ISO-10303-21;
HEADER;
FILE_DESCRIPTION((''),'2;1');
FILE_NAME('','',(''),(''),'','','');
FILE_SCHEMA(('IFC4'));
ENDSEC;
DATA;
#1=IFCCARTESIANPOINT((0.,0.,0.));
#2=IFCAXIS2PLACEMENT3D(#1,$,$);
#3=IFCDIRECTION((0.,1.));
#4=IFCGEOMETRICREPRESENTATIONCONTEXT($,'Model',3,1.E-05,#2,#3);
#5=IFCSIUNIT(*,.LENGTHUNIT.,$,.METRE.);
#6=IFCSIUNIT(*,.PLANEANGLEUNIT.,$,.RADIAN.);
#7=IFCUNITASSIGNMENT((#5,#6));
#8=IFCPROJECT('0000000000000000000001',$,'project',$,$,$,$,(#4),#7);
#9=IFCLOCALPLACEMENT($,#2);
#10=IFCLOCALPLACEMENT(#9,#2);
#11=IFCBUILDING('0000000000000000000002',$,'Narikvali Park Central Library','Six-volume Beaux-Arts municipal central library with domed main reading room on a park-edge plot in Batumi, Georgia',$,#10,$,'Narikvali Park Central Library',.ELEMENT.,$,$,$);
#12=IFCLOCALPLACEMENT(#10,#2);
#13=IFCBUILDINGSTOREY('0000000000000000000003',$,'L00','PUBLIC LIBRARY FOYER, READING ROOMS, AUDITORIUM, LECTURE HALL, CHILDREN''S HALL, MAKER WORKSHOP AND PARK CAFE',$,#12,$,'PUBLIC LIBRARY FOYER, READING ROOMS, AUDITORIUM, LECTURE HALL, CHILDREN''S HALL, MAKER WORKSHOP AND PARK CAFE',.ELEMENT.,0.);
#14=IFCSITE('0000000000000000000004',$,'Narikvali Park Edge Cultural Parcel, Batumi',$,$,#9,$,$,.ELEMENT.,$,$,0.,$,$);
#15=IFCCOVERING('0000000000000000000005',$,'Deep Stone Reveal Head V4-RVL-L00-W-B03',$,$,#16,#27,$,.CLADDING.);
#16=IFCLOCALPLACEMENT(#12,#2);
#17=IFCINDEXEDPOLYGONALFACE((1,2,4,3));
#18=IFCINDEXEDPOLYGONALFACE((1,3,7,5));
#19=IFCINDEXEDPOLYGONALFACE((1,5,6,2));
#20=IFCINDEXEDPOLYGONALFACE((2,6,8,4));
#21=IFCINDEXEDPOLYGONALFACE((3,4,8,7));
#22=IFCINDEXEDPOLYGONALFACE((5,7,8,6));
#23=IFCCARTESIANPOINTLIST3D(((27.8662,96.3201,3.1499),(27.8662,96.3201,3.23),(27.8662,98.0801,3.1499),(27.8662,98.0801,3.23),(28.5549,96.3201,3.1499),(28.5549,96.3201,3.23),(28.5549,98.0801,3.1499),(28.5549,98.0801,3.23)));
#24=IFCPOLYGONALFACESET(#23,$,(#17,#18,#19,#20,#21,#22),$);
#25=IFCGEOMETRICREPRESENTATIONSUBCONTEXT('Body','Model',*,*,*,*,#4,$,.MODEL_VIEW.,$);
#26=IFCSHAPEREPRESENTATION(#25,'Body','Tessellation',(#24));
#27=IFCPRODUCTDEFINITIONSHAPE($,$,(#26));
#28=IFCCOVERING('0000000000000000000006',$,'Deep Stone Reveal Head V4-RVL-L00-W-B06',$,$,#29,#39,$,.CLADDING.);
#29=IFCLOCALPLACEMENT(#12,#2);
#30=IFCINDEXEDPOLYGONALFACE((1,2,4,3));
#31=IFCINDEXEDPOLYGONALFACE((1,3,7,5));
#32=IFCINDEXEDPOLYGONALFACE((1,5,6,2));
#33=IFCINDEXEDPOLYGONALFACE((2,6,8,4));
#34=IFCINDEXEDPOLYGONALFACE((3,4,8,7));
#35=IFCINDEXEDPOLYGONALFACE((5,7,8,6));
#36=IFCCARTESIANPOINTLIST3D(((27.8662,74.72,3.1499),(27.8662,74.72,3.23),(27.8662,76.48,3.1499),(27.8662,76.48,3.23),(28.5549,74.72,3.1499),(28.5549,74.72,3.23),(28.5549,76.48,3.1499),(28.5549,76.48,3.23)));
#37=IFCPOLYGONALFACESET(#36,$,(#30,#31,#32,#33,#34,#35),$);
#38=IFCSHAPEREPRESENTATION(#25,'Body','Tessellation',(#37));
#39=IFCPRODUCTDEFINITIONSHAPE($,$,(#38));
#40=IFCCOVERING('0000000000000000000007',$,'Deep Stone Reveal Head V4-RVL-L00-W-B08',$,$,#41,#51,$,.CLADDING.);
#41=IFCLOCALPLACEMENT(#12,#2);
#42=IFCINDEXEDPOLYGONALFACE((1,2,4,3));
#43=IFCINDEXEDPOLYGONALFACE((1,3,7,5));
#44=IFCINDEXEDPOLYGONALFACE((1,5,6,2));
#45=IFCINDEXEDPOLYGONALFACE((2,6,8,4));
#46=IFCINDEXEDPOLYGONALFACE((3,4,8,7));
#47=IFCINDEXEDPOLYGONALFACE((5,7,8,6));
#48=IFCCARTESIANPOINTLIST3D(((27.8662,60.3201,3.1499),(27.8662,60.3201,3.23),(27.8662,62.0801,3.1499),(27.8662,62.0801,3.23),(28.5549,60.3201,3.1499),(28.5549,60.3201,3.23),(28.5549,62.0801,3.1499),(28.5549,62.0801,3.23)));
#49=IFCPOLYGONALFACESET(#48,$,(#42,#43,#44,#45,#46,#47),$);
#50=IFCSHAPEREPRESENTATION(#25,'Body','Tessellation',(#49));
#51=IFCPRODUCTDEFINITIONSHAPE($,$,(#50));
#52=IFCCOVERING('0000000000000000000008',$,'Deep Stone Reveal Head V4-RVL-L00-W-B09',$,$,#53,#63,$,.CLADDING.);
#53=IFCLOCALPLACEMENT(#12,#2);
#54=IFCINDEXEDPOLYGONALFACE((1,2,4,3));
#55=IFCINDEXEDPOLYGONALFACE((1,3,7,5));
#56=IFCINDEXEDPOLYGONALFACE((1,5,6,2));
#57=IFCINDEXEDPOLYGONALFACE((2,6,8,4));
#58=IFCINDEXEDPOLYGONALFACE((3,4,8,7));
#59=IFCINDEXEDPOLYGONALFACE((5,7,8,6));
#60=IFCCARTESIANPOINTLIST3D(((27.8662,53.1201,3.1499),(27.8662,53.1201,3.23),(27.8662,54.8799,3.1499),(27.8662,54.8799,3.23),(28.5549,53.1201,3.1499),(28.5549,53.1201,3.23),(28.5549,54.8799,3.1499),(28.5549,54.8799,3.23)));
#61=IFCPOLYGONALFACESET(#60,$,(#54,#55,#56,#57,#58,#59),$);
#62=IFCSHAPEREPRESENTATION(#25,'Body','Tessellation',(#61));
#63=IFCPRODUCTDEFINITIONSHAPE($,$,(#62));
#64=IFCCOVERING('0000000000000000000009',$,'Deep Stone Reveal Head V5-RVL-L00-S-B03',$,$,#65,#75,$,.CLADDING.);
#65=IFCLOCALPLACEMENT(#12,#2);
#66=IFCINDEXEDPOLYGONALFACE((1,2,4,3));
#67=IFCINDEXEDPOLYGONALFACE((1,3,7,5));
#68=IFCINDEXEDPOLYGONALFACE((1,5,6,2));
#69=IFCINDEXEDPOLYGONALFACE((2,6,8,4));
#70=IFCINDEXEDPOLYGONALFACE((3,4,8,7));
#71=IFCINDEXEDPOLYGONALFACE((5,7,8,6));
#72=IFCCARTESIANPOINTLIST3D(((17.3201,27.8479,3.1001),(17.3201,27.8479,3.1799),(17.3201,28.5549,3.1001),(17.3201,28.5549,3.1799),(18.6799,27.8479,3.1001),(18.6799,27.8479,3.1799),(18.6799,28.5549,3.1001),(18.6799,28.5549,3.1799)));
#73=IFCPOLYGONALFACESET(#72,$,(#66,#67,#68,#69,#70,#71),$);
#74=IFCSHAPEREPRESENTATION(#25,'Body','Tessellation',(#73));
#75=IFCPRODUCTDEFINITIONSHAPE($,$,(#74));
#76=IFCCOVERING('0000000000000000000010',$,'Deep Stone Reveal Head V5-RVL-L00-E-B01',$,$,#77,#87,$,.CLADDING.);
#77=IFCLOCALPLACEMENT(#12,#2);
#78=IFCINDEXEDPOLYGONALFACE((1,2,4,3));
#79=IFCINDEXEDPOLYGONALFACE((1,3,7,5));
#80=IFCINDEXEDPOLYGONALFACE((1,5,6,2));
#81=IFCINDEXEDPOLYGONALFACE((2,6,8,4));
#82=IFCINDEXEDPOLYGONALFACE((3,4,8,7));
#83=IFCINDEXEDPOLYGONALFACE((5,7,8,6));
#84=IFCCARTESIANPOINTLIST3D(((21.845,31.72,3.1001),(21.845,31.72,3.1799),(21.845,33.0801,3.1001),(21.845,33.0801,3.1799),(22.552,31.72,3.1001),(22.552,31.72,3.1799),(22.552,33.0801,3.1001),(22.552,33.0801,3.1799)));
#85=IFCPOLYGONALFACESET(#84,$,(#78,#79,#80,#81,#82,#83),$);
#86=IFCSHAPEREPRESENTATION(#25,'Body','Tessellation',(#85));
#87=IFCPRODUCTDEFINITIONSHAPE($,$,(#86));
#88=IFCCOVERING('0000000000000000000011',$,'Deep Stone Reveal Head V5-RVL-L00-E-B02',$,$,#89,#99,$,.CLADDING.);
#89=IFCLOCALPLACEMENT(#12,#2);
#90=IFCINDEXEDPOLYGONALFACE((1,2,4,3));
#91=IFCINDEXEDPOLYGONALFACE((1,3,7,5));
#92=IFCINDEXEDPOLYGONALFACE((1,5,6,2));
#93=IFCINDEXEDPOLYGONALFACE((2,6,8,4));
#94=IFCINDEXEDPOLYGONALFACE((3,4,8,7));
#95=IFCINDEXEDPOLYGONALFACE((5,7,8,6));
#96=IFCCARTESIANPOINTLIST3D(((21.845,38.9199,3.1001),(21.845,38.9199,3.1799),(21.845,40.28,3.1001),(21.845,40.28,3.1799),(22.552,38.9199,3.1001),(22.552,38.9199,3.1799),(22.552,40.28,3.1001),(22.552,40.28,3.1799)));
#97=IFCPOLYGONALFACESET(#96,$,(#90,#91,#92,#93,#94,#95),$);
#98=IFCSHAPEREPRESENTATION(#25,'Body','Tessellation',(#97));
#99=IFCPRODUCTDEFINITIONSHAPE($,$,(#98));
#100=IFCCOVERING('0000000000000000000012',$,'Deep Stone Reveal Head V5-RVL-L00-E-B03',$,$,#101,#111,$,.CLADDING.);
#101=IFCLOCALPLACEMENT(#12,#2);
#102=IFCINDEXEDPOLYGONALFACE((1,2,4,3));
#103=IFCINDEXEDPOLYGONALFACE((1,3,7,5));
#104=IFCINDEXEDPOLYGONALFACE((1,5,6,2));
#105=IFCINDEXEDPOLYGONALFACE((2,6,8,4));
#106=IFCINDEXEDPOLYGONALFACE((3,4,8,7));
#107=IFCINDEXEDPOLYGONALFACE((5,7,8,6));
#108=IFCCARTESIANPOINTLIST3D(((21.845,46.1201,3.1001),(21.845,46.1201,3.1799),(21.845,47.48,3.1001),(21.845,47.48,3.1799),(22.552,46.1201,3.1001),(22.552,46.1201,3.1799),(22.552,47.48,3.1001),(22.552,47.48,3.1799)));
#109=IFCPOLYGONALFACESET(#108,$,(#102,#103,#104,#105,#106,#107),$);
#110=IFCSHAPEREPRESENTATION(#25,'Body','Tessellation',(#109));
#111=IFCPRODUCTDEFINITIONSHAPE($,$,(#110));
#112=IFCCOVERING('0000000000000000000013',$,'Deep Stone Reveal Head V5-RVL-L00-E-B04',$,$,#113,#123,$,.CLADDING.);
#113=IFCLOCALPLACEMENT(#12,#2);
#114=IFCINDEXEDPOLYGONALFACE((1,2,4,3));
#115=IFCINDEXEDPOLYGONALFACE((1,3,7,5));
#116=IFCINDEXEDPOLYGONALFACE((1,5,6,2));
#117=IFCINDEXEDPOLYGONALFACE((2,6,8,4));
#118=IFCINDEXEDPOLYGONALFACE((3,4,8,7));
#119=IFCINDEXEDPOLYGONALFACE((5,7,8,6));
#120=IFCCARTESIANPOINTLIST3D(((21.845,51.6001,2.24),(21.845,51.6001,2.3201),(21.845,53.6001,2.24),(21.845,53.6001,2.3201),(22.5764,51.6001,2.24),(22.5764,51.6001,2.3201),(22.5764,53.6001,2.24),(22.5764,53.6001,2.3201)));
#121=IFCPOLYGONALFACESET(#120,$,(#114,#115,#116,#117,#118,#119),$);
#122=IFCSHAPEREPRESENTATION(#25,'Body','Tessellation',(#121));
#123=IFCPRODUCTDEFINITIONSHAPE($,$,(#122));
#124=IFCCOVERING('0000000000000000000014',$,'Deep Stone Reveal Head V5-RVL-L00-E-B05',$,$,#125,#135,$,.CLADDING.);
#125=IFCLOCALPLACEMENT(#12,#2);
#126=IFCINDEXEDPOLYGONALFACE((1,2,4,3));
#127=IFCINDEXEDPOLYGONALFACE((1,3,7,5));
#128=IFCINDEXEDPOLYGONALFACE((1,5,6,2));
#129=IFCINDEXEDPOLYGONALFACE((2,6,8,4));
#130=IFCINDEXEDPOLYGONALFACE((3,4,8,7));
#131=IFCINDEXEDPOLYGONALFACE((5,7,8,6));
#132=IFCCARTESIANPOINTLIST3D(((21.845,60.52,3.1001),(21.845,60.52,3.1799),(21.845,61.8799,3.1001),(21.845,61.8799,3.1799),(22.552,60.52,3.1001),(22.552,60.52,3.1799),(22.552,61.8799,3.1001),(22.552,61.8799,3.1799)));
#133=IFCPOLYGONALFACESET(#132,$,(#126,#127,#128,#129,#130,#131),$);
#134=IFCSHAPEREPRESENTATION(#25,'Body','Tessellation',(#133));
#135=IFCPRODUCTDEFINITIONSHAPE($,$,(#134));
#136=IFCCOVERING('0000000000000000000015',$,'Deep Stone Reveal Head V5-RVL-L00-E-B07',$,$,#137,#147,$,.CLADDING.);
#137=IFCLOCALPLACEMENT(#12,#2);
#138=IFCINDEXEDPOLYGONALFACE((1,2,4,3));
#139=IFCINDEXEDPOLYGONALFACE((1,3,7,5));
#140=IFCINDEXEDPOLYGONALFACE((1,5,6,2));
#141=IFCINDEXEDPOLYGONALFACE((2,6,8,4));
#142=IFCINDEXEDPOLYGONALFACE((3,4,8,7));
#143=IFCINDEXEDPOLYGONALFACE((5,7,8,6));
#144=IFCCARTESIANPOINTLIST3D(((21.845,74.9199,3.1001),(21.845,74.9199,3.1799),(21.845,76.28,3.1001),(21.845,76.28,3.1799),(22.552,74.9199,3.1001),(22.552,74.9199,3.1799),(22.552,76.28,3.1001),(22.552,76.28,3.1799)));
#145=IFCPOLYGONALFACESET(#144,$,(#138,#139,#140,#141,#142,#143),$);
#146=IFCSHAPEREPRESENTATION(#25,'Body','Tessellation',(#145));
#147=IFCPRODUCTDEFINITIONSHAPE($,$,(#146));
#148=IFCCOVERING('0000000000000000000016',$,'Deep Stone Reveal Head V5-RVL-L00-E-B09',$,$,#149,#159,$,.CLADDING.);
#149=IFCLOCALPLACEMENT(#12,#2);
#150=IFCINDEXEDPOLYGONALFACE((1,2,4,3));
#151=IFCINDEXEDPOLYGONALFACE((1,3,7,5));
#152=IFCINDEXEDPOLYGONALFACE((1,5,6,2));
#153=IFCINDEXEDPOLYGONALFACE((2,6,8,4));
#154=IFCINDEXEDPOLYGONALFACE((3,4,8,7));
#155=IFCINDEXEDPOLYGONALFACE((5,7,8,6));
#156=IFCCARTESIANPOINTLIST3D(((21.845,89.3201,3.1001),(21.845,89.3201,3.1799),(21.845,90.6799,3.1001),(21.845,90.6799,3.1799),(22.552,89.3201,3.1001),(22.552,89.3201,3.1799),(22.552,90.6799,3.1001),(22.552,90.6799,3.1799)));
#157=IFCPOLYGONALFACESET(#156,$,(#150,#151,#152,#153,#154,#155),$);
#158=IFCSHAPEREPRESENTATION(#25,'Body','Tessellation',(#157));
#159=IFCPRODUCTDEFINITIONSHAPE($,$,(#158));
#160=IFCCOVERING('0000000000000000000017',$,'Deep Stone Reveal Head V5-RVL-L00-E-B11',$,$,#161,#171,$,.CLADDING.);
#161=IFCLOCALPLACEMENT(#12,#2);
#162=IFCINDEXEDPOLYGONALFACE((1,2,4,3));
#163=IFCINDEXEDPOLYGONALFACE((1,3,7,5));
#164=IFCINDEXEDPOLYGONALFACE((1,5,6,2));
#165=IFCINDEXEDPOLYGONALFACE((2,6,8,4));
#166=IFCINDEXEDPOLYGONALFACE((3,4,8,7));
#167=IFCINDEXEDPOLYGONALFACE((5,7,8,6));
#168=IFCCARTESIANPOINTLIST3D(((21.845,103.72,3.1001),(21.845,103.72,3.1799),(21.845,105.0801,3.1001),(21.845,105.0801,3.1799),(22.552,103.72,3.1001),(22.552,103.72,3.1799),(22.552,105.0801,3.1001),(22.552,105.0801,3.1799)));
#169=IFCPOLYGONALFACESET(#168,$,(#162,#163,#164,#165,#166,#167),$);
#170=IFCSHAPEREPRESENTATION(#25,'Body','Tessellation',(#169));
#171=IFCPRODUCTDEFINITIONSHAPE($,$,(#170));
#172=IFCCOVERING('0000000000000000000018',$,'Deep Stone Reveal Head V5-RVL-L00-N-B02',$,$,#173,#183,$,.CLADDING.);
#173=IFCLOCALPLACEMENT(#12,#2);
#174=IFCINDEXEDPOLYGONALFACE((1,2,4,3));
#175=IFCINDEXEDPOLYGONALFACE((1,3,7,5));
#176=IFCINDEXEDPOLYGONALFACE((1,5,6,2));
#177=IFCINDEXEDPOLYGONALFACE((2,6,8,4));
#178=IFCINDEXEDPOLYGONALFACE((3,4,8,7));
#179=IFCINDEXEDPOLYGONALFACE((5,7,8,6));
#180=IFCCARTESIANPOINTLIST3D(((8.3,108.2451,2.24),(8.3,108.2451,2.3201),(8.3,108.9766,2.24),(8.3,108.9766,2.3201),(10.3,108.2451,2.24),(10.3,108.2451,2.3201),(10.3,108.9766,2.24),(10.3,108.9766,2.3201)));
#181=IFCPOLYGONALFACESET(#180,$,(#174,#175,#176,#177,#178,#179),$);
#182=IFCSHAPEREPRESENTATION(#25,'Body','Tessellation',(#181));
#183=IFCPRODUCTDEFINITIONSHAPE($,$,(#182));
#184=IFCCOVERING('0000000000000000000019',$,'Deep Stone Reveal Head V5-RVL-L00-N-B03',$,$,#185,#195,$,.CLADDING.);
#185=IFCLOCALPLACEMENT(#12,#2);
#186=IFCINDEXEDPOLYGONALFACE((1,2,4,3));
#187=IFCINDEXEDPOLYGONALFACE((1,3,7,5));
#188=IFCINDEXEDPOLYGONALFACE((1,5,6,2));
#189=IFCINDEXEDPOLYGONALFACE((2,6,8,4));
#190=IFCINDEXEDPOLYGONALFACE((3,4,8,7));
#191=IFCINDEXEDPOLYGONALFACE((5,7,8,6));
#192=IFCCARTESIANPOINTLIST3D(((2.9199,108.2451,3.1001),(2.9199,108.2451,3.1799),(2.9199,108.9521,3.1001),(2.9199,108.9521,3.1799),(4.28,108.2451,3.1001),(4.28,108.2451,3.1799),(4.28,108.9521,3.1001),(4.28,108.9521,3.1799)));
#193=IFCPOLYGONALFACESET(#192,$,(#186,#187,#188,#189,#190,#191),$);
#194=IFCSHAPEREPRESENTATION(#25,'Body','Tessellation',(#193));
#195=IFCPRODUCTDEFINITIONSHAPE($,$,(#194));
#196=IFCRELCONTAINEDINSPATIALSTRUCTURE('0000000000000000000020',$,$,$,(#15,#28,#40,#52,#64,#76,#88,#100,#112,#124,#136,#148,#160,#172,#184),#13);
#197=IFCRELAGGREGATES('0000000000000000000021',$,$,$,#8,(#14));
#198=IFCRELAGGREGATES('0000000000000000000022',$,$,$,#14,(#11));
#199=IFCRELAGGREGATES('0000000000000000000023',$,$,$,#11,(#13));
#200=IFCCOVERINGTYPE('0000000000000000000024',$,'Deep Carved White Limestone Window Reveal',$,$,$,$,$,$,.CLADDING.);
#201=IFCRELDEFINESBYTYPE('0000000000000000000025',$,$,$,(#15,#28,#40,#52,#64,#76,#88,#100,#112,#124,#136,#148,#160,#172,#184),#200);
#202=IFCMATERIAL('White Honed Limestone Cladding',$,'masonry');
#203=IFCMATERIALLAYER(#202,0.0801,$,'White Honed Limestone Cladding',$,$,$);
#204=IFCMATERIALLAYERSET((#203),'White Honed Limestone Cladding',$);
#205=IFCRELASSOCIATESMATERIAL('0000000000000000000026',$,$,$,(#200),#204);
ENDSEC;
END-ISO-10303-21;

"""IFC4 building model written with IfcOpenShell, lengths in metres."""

from ifc_helpers import new_model, si_unit, direction, frame, origin, place, context, subcontext, project, spatial, polyline, outline, extrude, material, layer, layer_set, type_object, element, save


model = new_model("IFC4")

# Units and contexts
model_context = context("Model", 3, precision=1e-05, world=origin(), true_north=direction((0.0, 1.0)))
body_context = subcontext(model_context, "Body", "Model", "MODEL_VIEW")
ifc_project = project(units=[si_unit("LENGTHUNIT", "METRE"), si_unit("PLANEANGLEUNIT", "RADIAN")], contexts=[model_context])

# Site, building, storey
site_placement = place(None, origin())
site = spatial("IfcSite", under=ifc_project, at=site_placement, Name="Narikvali Park Edge Cultural Parcel, Batumi", CompositionType="ELEMENT", RefElevation=0.0)
building_placement = place(site_placement, origin())
building = spatial("IfcBuilding", under=site, at=building_placement, Name="Narikvali Park Central Library", Description="Six-volume Beaux-Arts municipal central library with domed main reading room on a park-edge plot in Batumi, Georgia", LongName="Narikvali Park Central Library", CompositionType="ELEMENT")
storey_placement = place(building_placement, origin())
storey = spatial("IfcBuildingStorey", under=building, at=storey_placement, Name="L00", Description="PUBLIC LIBRARY FOYER, READING ROOMS, AUDITORIUM, LECTURE HALL, CHILDREN'S HALL, MAKER WORKSHOP AND PARK CAFE", LongName="PUBLIC LIBRARY FOYER, READING ROOMS, AUDITORIUM, LECTURE HALL, CHILDREN'S HALL, MAKER WORKSHOP AND PARK CAFE", CompositionType="ELEMENT", Elevation=0.0)

# Coverings
ifc_material = material(Name="White Honed Limestone Cladding", Category="masonry")
ifc_layer = layer(ifc_material, 0.0801, Name="White Honed Limestone Cladding")
ifc_layer_set = layer_set([ifc_layer], Name="White Honed Limestone Cladding")
covering_type = type_object("IfcCoveringType", Name="Deep Carved White Limestone Window Reveal", PredefinedType="CLADDING", material=ifc_layer_set)
covering_1_placement = place(storey_placement, frame((0.0, 0.0, 3.1499)))
element("IfcCovering", 1, at=covering_1_placement, inside=storey, type_object=covering_type, Name="Deep Stone Reveal Head V4-RVL-L00-W-B03", PredefinedType="CLADDING", context=body_context, shape_type="SweptSolid", body=[
    extrude(outline(polyline([(28.5549, 98.0801), (28.5549, 96.3201), (27.8662, 96.3201), (27.8662, 98.0801), (28.5549, 98.0801)])), origin(), (0.0, 0.0, 1.0), 0.0801),
])
covering_2_placement = place(storey_placement, frame((0.0, 0.0, 3.1499)))
element("IfcCovering", 2, at=covering_2_placement, inside=storey, type_object=covering_type, Name="Deep Stone Reveal Head V4-RVL-L00-W-B06", PredefinedType="CLADDING", context=body_context, shape_type="SweptSolid", body=[
    extrude(outline(polyline([(28.5549, 76.48), (28.5549, 74.72), (27.8662, 74.72), (27.8662, 76.48), (28.5549, 76.48)])), origin(), (0.0, 0.0, 1.0), 0.0801),
])
covering_3_placement = place(storey_placement, frame((0.0, 0.0, 3.1499)))
element("IfcCovering", 3, at=covering_3_placement, inside=storey, type_object=covering_type, Name="Deep Stone Reveal Head V4-RVL-L00-W-B08", PredefinedType="CLADDING", context=body_context, shape_type="SweptSolid", body=[
    extrude(outline(polyline([(28.5549, 62.0801), (28.5549, 60.3201), (27.8662, 60.3201), (27.8662, 62.0801), (28.5549, 62.0801)])), origin(), (0.0, 0.0, 1.0), 0.0801),
])
covering_4_placement = place(storey_placement, frame((0.0, 0.0, 3.1499)))
element("IfcCovering", 4, at=covering_4_placement, inside=storey, type_object=covering_type, Name="Deep Stone Reveal Head V4-RVL-L00-W-B09", PredefinedType="CLADDING", context=body_context, shape_type="SweptSolid", body=[
    extrude(outline(polyline([(28.5549, 54.8799), (28.5549, 53.1201), (27.8662, 53.1201), (27.8662, 54.8799), (28.5549, 54.8799)])), origin(), (0.0, 0.0, 1.0), 0.0801),
])
covering_5_placement = place(storey_placement, frame((0.0, 0.0, 3.1001)))
element("IfcCovering", 5, at=covering_5_placement, inside=storey, type_object=covering_type, Name="Deep Stone Reveal Head V5-RVL-L00-S-B03", PredefinedType="CLADDING", context=body_context, shape_type="SweptSolid", body=[
    extrude(outline(polyline([(17.3201, 28.5549), (18.6799, 28.5549), (18.6799, 27.8479), (17.3201, 27.8479), (17.3201, 28.5549)])), origin(), (0.0, 0.0, 1.0), 0.0798),
])
covering_6_placement = place(storey_placement, frame((0.0, 0.0, 3.1001)))
element("IfcCovering", 6, at=covering_6_placement, inside=storey, type_object=covering_type, Name="Deep Stone Reveal Head V5-RVL-L00-E-B01", PredefinedType="CLADDING", context=body_context, shape_type="SweptSolid", body=[
    extrude(outline(polyline([(21.845, 31.72), (21.845, 33.0801), (22.552, 33.0801), (22.552, 31.72), (21.845, 31.72)])), origin(), (0.0, 0.0, 1.0), 0.0798),
])
covering_7_placement = place(storey_placement, frame((0.0, 0.0, 3.1001)))
element("IfcCovering", 7, at=covering_7_placement, inside=storey, type_object=covering_type, Name="Deep Stone Reveal Head V5-RVL-L00-E-B02", PredefinedType="CLADDING", context=body_context, shape_type="SweptSolid", body=[
    extrude(outline(polyline([(21.845, 38.9199), (21.845, 40.28), (22.552, 40.28), (22.552, 38.9199), (21.845, 38.9199)])), origin(), (0.0, 0.0, 1.0), 0.0798),
])
covering_8_placement = place(storey_placement, frame((0.0, 0.0, 3.1001)))
element("IfcCovering", 8, at=covering_8_placement, inside=storey, type_object=covering_type, Name="Deep Stone Reveal Head V5-RVL-L00-E-B03", PredefinedType="CLADDING", context=body_context, shape_type="SweptSolid", body=[
    extrude(outline(polyline([(21.845, 46.1201), (21.845, 47.48), (22.552, 47.48), (22.552, 46.1201), (21.845, 46.1201)])), origin(), (0.0, 0.0, 1.0), 0.0798),
])
covering_9_placement = place(storey_placement, frame((0.0, 0.0, 2.24)))
element("IfcCovering", 9, at=covering_9_placement, inside=storey, type_object=covering_type, Name="Deep Stone Reveal Head V5-RVL-L00-E-B04", PredefinedType="CLADDING", context=body_context, shape_type="SweptSolid", body=[
    extrude(outline(polyline([(21.845, 51.6001), (21.845, 53.6001), (22.5764, 53.6001), (22.5764, 51.6001), (21.845, 51.6001)])), origin(), (0.0, 0.0, 1.0), 0.0801),
])
covering_10_placement = place(storey_placement, frame((0.0, 0.0, 3.1001)))
element("IfcCovering", 10, at=covering_10_placement, inside=storey, type_object=covering_type, Name="Deep Stone Reveal Head V5-RVL-L00-E-B05", PredefinedType="CLADDING", context=body_context, shape_type="SweptSolid", body=[
    extrude(outline(polyline([(21.845, 60.52), (21.845, 61.8799), (22.552, 61.8799), (22.552, 60.52), (21.845, 60.52)])), origin(), (0.0, 0.0, 1.0), 0.0798),
])
covering_11_placement = place(storey_placement, frame((0.0, 0.0, 3.1001)))
element("IfcCovering", 11, at=covering_11_placement, inside=storey, type_object=covering_type, Name="Deep Stone Reveal Head V5-RVL-L00-E-B07", PredefinedType="CLADDING", context=body_context, shape_type="SweptSolid", body=[
    extrude(outline(polyline([(21.845, 74.9199), (21.845, 76.28), (22.552, 76.28), (22.552, 74.9199), (21.845, 74.9199)])), origin(), (0.0, 0.0, 1.0), 0.0798),
])
covering_12_placement = place(storey_placement, frame((0.0, 0.0, 3.1001)))
element("IfcCovering", 12, at=covering_12_placement, inside=storey, type_object=covering_type, Name="Deep Stone Reveal Head V5-RVL-L00-E-B09", PredefinedType="CLADDING", context=body_context, shape_type="SweptSolid", body=[
    extrude(outline(polyline([(21.845, 89.3201), (21.845, 90.6799), (22.552, 90.6799), (22.552, 89.3201), (21.845, 89.3201)])), origin(), (0.0, 0.0, 1.0), 0.0798),
])
covering_13_placement = place(storey_placement, frame((0.0, 0.0, 3.1001)))
element("IfcCovering", 13, at=covering_13_placement, inside=storey, type_object=covering_type, Name="Deep Stone Reveal Head V5-RVL-L00-E-B11", PredefinedType="CLADDING", context=body_context, shape_type="SweptSolid", body=[
    extrude(outline(polyline([(21.845, 103.72), (21.845, 105.0801), (22.552, 105.0801), (22.552, 103.72), (21.845, 103.72)])), origin(), (0.0, 0.0, 1.0), 0.0798),
])
covering_14_placement = place(storey_placement, frame((0.0, 0.0, 2.24)))
element("IfcCovering", 14, at=covering_14_placement, inside=storey, type_object=covering_type, Name="Deep Stone Reveal Head V5-RVL-L00-N-B02", PredefinedType="CLADDING", context=body_context, shape_type="SweptSolid", body=[
    extrude(outline(polyline([(10.3, 108.2451), (8.3, 108.2451), (8.3, 108.9766), (10.3, 108.9766), (10.3, 108.2451)])), origin(), (0.0, 0.0, 1.0), 0.0801),
])
covering_15_placement = place(storey_placement, frame((0.0, 0.0, 3.1001)))
element("IfcCovering", 15, at=covering_15_placement, inside=storey, type_object=covering_type, Name="Deep Stone Reveal Head V5-RVL-L00-N-B03", PredefinedType="CLADDING", context=body_context, shape_type="SweptSolid", body=[
    extrude(outline(polyline([(4.28, 108.2451), (2.9199, 108.2451), (2.9199, 108.9521), (4.28, 108.9521), (4.28, 108.2451)])), origin(), (0.0, 0.0, 1.0), 0.0798),
])

save(model, "model.ifc")
